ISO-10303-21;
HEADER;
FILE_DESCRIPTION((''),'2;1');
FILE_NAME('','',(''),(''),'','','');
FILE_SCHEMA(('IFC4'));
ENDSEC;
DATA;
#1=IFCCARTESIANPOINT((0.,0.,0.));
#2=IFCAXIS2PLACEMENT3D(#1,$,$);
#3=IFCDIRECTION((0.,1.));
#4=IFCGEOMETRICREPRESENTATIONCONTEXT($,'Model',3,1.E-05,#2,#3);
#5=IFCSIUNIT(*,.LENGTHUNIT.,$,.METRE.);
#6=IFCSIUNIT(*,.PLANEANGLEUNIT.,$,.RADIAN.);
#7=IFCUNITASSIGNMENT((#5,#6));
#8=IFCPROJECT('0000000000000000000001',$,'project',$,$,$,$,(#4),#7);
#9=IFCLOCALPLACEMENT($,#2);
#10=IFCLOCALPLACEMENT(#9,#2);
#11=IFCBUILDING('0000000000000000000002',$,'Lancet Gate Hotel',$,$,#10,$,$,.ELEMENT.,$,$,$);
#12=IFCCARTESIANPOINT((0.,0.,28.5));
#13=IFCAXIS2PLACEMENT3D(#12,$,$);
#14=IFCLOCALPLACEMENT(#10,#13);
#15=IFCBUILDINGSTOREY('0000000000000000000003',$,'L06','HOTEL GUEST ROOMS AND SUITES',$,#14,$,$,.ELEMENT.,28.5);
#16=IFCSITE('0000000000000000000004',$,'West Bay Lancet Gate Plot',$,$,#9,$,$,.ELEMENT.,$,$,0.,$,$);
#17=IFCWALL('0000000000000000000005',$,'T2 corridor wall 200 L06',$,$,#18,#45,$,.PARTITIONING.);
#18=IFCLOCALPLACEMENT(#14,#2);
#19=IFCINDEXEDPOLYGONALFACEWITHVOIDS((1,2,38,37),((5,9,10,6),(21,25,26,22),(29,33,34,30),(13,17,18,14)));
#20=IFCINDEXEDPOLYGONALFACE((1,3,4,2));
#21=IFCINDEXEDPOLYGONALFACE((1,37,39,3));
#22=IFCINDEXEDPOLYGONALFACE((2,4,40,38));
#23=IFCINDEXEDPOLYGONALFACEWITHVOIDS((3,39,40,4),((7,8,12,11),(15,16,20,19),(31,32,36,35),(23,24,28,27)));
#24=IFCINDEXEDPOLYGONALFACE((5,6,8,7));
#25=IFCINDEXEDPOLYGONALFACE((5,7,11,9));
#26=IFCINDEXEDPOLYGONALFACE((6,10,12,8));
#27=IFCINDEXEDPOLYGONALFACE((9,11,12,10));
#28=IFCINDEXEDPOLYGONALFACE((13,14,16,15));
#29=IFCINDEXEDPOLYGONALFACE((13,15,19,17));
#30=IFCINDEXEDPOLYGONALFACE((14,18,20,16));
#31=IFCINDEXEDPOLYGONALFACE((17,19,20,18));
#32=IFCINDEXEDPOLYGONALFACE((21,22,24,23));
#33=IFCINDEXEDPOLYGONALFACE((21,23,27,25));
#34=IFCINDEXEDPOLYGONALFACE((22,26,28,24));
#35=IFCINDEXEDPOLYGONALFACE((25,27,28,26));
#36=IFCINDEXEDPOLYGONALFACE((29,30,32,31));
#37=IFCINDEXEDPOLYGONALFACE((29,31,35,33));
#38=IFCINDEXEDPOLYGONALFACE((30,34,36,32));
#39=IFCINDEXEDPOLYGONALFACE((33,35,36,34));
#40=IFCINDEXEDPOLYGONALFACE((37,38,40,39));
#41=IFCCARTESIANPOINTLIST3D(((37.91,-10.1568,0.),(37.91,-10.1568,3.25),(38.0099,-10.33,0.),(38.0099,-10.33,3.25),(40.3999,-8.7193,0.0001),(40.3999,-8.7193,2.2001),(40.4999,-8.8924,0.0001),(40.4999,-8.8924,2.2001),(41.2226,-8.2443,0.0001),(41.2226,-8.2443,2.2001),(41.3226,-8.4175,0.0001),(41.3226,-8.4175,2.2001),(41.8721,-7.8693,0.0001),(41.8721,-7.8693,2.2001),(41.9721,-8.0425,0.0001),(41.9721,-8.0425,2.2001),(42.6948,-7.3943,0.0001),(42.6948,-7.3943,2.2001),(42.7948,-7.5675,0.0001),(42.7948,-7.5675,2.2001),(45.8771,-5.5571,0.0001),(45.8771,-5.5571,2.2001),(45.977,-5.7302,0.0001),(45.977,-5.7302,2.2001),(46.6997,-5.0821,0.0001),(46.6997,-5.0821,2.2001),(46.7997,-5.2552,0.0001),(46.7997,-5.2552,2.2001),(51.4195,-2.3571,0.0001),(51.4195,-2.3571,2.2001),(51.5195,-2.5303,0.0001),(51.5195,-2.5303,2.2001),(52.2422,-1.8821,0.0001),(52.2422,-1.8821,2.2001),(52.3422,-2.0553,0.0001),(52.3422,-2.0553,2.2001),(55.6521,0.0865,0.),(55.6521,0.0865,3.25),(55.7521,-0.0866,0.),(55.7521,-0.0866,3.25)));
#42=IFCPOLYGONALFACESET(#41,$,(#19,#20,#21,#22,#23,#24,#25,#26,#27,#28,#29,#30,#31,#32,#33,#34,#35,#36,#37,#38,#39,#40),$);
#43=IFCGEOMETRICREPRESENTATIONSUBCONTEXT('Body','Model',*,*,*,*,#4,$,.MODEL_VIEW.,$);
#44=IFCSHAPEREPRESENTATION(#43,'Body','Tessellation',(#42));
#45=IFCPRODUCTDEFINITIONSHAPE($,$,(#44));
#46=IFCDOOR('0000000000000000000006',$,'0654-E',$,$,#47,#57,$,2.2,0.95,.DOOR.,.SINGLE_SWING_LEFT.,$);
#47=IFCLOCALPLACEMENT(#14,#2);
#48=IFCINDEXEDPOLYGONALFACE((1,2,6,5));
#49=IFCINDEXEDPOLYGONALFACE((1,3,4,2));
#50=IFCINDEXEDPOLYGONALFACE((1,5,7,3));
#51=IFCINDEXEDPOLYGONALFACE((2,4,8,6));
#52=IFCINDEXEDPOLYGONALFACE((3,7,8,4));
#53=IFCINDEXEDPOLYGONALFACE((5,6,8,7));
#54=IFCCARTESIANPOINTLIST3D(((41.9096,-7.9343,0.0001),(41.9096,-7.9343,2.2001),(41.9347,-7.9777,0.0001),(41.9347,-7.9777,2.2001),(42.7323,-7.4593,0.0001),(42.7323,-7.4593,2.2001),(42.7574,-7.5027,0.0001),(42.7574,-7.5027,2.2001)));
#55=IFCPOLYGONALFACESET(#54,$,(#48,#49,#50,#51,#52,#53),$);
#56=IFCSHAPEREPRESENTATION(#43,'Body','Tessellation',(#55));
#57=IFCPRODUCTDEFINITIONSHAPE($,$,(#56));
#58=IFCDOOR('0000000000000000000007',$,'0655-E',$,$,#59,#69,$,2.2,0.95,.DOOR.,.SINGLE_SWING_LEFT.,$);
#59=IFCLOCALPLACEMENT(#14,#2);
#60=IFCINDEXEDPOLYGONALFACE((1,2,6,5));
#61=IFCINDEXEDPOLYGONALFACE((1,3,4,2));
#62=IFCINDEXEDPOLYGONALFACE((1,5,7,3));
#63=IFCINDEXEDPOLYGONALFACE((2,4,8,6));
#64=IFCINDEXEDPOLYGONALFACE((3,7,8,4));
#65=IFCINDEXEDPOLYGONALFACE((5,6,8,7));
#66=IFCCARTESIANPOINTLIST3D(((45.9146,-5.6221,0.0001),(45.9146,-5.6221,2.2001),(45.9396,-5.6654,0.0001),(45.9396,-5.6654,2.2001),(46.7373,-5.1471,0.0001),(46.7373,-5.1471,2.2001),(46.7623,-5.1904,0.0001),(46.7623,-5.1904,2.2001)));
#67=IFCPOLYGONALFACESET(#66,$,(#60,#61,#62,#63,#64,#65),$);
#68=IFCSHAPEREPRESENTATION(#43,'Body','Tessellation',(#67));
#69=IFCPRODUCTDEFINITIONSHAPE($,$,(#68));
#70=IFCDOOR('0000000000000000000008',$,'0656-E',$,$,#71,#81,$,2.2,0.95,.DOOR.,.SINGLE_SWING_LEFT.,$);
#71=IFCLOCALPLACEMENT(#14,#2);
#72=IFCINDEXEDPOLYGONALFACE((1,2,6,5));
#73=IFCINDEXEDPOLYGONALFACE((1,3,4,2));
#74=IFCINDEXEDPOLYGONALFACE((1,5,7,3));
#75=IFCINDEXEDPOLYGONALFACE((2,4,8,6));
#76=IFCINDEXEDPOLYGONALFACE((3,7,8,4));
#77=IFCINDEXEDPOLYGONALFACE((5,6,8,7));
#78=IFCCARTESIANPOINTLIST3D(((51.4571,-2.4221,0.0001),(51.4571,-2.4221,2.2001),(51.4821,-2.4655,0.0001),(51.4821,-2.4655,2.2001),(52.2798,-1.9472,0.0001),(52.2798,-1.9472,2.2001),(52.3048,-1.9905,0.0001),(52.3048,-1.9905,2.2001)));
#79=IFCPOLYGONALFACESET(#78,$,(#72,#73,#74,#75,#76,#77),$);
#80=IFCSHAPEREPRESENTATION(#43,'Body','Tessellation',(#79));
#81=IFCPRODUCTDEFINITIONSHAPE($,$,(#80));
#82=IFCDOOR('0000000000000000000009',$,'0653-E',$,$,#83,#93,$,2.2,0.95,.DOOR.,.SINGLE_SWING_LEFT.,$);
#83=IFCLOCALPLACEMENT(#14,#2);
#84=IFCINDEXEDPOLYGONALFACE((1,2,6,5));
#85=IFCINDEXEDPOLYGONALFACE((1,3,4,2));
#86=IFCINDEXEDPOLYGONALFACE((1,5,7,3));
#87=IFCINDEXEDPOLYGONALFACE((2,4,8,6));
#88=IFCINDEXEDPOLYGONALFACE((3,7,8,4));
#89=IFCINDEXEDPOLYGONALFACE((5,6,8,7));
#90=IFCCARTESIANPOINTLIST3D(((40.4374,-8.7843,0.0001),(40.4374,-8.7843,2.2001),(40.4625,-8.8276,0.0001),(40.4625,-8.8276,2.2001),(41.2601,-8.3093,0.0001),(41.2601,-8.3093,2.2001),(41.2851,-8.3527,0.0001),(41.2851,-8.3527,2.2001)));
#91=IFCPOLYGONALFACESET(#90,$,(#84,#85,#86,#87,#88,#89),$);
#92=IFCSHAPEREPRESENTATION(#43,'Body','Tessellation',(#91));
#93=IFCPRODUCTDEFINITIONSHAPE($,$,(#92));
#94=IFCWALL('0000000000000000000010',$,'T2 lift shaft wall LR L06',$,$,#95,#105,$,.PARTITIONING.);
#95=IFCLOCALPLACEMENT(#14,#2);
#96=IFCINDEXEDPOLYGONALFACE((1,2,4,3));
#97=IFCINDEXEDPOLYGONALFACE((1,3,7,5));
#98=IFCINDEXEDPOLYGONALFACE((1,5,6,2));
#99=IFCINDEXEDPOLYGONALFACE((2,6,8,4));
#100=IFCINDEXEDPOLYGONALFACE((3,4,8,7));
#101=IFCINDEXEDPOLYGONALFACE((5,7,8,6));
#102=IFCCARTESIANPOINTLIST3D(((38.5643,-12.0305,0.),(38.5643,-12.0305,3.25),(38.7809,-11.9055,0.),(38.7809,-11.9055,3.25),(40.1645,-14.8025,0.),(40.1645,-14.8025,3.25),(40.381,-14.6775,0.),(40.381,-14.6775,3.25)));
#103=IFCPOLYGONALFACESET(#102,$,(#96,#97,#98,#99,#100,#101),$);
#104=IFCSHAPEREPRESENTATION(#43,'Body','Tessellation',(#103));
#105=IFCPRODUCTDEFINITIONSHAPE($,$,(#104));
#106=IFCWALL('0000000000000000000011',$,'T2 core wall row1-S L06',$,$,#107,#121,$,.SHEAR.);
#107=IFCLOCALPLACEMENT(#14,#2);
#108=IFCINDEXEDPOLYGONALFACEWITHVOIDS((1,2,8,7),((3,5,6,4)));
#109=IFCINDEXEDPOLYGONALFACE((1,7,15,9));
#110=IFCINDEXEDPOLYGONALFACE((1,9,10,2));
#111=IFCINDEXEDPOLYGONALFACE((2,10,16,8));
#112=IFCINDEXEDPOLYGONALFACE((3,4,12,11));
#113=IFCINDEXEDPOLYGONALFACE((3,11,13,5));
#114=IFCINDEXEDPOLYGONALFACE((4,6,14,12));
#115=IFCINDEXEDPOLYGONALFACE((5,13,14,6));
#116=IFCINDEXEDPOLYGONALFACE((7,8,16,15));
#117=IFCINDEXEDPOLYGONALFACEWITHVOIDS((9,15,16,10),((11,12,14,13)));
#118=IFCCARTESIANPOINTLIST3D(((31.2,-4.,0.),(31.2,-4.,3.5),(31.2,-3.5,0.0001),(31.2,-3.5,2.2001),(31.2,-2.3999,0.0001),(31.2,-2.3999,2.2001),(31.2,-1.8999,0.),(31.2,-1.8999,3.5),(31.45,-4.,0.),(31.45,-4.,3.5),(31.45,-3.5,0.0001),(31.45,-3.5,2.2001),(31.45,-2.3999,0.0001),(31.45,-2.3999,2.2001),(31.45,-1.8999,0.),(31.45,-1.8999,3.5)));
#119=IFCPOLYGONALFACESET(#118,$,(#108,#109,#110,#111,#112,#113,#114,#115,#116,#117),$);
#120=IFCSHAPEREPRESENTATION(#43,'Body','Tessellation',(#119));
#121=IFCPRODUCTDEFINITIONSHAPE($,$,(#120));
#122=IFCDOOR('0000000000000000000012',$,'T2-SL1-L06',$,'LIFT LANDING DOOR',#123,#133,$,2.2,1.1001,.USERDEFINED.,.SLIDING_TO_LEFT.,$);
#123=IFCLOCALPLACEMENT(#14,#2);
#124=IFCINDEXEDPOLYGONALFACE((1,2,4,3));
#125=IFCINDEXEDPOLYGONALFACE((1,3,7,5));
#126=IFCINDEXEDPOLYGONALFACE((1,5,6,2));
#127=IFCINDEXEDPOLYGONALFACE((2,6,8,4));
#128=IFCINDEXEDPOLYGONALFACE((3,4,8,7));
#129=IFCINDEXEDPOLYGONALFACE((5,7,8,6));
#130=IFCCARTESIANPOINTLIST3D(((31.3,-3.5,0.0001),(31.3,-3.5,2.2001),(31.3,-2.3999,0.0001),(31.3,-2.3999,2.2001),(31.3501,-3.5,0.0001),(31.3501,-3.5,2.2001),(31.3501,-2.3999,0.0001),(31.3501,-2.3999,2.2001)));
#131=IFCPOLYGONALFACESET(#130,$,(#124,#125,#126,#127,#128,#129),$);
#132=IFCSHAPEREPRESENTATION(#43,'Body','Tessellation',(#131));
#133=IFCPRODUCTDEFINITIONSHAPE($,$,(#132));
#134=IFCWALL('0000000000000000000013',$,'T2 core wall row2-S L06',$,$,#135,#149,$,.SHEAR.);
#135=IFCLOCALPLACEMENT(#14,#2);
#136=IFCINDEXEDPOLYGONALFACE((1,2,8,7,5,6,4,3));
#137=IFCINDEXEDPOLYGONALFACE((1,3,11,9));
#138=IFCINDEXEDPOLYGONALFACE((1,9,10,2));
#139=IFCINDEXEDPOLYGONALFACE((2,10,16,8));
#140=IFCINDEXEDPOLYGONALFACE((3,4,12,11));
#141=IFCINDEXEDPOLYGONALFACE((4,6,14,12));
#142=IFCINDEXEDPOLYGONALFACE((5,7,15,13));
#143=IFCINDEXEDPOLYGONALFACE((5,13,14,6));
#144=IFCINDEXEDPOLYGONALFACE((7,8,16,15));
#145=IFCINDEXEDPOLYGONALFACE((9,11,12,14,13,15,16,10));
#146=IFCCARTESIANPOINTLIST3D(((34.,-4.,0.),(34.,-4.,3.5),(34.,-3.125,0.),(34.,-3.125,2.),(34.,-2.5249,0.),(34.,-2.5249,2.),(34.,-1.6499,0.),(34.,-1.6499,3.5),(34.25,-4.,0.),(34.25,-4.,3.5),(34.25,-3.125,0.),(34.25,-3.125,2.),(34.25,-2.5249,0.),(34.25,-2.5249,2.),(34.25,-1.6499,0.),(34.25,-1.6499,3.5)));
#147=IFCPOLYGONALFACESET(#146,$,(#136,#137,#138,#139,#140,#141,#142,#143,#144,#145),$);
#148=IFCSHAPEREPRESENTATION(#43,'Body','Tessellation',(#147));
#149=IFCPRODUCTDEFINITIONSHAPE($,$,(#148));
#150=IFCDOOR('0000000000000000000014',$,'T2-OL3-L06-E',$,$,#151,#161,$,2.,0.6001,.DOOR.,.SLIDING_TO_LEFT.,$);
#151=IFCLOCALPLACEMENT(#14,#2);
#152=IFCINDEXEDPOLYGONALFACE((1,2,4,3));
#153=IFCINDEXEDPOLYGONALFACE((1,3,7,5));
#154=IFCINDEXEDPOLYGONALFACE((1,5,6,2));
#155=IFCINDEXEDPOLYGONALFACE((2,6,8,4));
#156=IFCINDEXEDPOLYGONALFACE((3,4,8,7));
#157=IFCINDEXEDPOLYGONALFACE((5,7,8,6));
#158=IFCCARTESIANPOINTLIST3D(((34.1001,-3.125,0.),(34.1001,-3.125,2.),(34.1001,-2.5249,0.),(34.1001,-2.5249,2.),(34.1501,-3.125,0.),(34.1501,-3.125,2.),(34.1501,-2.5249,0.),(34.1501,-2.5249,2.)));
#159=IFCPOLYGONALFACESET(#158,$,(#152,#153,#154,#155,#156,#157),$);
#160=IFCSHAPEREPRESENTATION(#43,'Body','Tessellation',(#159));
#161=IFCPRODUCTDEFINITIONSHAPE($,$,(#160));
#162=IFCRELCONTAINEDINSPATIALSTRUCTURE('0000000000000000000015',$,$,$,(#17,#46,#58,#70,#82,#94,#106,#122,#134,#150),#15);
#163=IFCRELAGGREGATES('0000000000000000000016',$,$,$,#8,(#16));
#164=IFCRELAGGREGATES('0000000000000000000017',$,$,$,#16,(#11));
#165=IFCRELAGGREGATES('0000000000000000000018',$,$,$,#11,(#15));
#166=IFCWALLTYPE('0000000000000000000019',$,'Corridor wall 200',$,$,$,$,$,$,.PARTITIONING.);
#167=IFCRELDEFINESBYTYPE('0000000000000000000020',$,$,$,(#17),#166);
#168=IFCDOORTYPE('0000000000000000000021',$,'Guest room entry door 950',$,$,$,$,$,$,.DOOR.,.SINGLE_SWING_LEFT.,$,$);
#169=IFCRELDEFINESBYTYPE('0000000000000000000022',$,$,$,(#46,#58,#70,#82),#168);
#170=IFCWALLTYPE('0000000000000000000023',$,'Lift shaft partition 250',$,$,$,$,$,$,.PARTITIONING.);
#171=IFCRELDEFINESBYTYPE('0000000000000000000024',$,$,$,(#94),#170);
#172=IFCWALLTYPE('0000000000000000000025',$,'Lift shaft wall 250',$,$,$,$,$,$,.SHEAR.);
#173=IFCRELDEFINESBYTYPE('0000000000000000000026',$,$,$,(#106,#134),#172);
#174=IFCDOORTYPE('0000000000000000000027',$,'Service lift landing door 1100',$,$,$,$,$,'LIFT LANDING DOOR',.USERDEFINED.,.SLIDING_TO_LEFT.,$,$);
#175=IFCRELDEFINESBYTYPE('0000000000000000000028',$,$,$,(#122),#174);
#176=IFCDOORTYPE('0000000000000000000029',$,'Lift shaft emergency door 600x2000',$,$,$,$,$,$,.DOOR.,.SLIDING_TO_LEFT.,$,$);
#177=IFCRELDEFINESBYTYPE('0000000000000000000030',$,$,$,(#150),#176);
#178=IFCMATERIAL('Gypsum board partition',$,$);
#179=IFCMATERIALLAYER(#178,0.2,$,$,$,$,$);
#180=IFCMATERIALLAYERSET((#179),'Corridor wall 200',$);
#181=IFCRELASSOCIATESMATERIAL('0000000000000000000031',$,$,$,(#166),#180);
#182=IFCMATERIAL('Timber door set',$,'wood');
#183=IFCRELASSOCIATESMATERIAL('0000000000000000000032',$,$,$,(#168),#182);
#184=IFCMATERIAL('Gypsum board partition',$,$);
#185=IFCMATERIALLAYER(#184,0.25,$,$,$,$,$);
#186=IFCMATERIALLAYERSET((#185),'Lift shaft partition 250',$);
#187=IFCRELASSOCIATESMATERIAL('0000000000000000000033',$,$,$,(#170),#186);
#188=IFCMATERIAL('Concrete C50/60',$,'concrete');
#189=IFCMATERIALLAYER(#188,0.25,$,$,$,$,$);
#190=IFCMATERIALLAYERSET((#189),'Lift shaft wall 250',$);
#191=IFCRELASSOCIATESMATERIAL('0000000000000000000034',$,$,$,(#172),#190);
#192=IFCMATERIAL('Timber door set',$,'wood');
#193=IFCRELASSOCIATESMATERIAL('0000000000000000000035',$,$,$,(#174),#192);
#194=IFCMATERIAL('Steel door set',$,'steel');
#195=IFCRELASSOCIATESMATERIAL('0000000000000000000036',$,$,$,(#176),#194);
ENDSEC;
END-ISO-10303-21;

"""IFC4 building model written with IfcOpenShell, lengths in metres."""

from ifc_helpers import new_model, si_unit, direction, frame, frame_2d, origin, place, context, subcontext, project, spatial, rectangle, extrude, material, layer, layer_set, type_object, element, fill, save


model = new_model("IFC4")

# Units and contexts
model_context = context("Model", 3, precision=1e-05, world=origin(), true_north=direction((0.0, 1.0)))
body_context = subcontext(model_context, "Body", "Model", "MODEL_VIEW")
ifc_project = project(units=[si_unit("LENGTHUNIT", "METRE"), si_unit("PLANEANGLEUNIT", "RADIAN")], contexts=[model_context])

# Site, building, storey
site_placement = place(None, origin())
site = spatial("IfcSite", under=ifc_project, at=site_placement, Name="West Bay Lancet Gate Plot", CompositionType="ELEMENT", RefElevation=0.0)
building_placement = place(site_placement, origin())
building = spatial("IfcBuilding", under=site, at=building_placement, Name="Lancet Gate Hotel", CompositionType="ELEMENT")
storey_placement = place(building_placement, frame((0.0, 0.0, 28.5)))
storey = spatial("IfcBuildingStorey", under=building, at=storey_placement, Name="L06", Description="HOTEL GUEST ROOMS AND SUITES", CompositionType="ELEMENT", Elevation=28.5)

# Wall, openings, doors
ifc_material_1 = material(Name="Gypsum board partition")
ifc_layer_1 = layer(ifc_material_1, 0.2)
ifc_layer_set_1 = layer_set([ifc_layer_1], Name="Corridor wall 200")
wall_type_1 = type_object("IfcWallType", Name="Corridor wall 200", PredefinedType="PARTITIONING", material=ifc_layer_set_1)
wall_1_placement = place(storey_placement, frame((37.96, -10.2434, 0.0), z_axis=(0.0, 0.0, 1.0), x_axis=(0.866026, 0.499998, 0.0)))
wall_1 = element("IfcWall", 1, at=wall_1_placement, inside=storey, type_object=wall_type_1, Name="T2 corridor wall 200 L06", PredefinedType="PARTITIONING", context=body_context, shape_type="SweptSolid", body=[
    extrude(rectangle(XDim=20.4868, YDim=0.2, at=frame_2d((10.2434, 0.0))), origin(), (0.0, 0.0, 1.0), 3.25),
])
opening_1_placement = place(wall_1_placement, frame((4.575, 0.0, 0.0)))
opening_1 = element("IfcOpeningElement", 2, at=opening_1_placement, cuts=wall_1, PredefinedType="OPENING", context=body_context, shape_type="SweptSolid", body=[
    extrude(rectangle(XDim=0.95, YDim=2.2, at=frame_2d((0.4751, 1.1001))), frame((0.0, 0.1099, 0.0), z_axis=(0.0, -1.0, 0.0), x_axis=(1.0, 0.0, 0.0)), (0.0, 0.0, 1.0), 0.22),
])
opening_2_placement = place(wall_1_placement, frame((9.1995, 0.0, 0.0)))
opening_2 = element("IfcOpeningElement", 3, at=opening_2_placement, cuts=wall_1, PredefinedType="OPENING", context=body_context, shape_type="SweptSolid", body=[
    extrude(rectangle(XDim=0.95, YDim=2.2, at=frame_2d((0.4751, 1.1001))), frame((0.0, 0.1099, 0.0), z_axis=(0.0, -1.0, 0.0), x_axis=(1.0, 0.0, 0.0)), (0.0, 0.0, 1.0), 0.22),
])
opening_3_placement = place(wall_1_placement, frame((15.5994, 0.0, 0.0)))
opening_3 = element("IfcOpeningElement", 4, at=opening_3_placement, cuts=wall_1, PredefinedType="OPENING", context=body_context, shape_type="SweptSolid", body=[
    extrude(rectangle(XDim=0.95, YDim=2.2, at=frame_2d((0.4751, 1.1001))), frame((0.0, 0.1099, 0.0), z_axis=(0.0, -1.0, 0.0), x_axis=(1.0, 0.0, 0.0)), (0.0, 0.0, 1.0), 0.22),
])
opening_4_placement = place(wall_1_placement, frame((2.875, 0.0, 0.0)))
opening_4 = element("IfcOpeningElement", 5, at=opening_4_placement, cuts=wall_1, PredefinedType="OPENING", context=body_context, shape_type="SweptSolid", body=[
    extrude(rectangle(XDim=0.95, YDim=2.2, at=frame_2d((0.4751, 1.1001))), frame((0.0, 0.1099, 0.0), z_axis=(0.0, -1.0, 0.0), x_axis=(1.0, 0.0, 0.0)), (0.0, 0.0, 1.0), 0.22),
])
ifc_material_2 = material(Name="Timber door set", Category="wood")
door_type_1 = type_object("IfcDoorType", Name="Guest room entry door 950", OperationType="SINGLE_SWING_LEFT", PredefinedType="DOOR", material=ifc_material_2)
door_1_placement = place(opening_1_placement, origin())
door_1 = element("IfcDoor", 6, at=door_1_placement, inside=storey, type_object=door_type_1, Name="0654-E", OperationType="SINGLE_SWING_LEFT", OverallHeight=2.2, OverallWidth=0.95, PredefinedType="DOOR", context=body_context, shape_type="SweptSolid", body=[
    extrude(rectangle(XDim=0.95, YDim=2.2, at=frame_2d((0.4751, 1.1001))), frame((0.0, 0.0249, 0.0), z_axis=(0.0, -1.0, 0.0), x_axis=(1.0, 0.0, 0.0)), (0.0, 0.0, 1.0), 0.05),
])
fill(opening_1, door_1)
door_2_placement = place(opening_2_placement, origin())
door_2 = element("IfcDoor", 7, at=door_2_placement, inside=storey, type_object=door_type_1, Name="0655-E", OperationType="SINGLE_SWING_LEFT", OverallHeight=2.2, OverallWidth=0.95, PredefinedType="DOOR", context=body_context, shape_type="SweptSolid", body=[
    extrude(rectangle(XDim=0.95, YDim=2.2, at=frame_2d((0.4751, 1.1001))), frame((0.0, 0.0249, 0.0), z_axis=(0.0, -1.0, 0.0), x_axis=(1.0, 0.0, 0.0)), (0.0, 0.0, 1.0), 0.05),
])
fill(opening_2, door_2)
door_3_placement = place(opening_3_placement, origin())
door_3 = element("IfcDoor", 8, at=door_3_placement, inside=storey, type_object=door_type_1, Name="0656-E", OperationType="SINGLE_SWING_LEFT", OverallHeight=2.2, OverallWidth=0.95, PredefinedType="DOOR", context=body_context, shape_type="SweptSolid", body=[
    extrude(rectangle(XDim=0.95, YDim=2.2, at=frame_2d((0.4751, 1.1001))), frame((0.0, 0.0249, 0.0), z_axis=(0.0, -1.0, 0.0), x_axis=(1.0, 0.0, 0.0)), (0.0, 0.0, 1.0), 0.05),
])
fill(opening_3, door_3)
door_4_placement = place(opening_4_placement, origin())
door_4 = element("IfcDoor", 9, at=door_4_placement, inside=storey, type_object=door_type_1, Name="0653-E", OperationType="SINGLE_SWING_LEFT", OverallHeight=2.2, OverallWidth=0.95, PredefinedType="DOOR", context=body_context, shape_type="SweptSolid", body=[
    extrude(rectangle(XDim=0.95, YDim=2.2, at=frame_2d((0.4751, 1.1001))), frame((0.0, 0.0249, 0.0), z_axis=(0.0, -1.0, 0.0), x_axis=(1.0, 0.0, 0.0)), (0.0, 0.0, 1.0), 0.05),
])
fill(opening_4, door_4)

# Wall
ifc_material_3 = material(Name="Gypsum board partition")
ifc_layer_2 = layer(ifc_material_3, 0.25)
ifc_layer_set_2 = layer_set([ifc_layer_2], Name="Lift shaft partition 250")
wall_type_2 = type_object("IfcWallType", Name="Lift shaft partition 250", PredefinedType="PARTITIONING", material=ifc_layer_set_2)
wall_2_placement = place(storey_placement, frame((38.6726, -11.968, 0.0), z_axis=(0.0, 0.0, 1.0), x_axis=(0.499929, -0.866066, 0.0)))
element("IfcWall", 10, at=wall_2_placement, inside=storey, type_object=wall_type_2, Name="T2 lift shaft wall LR L06", PredefinedType="PARTITIONING", context=body_context, shape_type="SweptSolid", body=[
    extrude(rectangle(XDim=3.2007, YDim=0.25, at=frame_2d((1.6003, 0.0))), origin(), (0.0, 0.0, 1.0), 3.25),
])

# Walls, openings, doors
ifc_material_4 = material(Name="Concrete C50/60", Category="concrete")
ifc_layer_3 = layer(ifc_material_4, 0.25)
ifc_layer_set_3 = layer_set([ifc_layer_3], Name="Lift shaft wall 250")
wall_type_3 = type_object("IfcWallType", Name="Lift shaft wall 250", PredefinedType="SHEAR", material=ifc_layer_set_3)
wall_3_placement = place(storey_placement, frame((31.325, -4.0, 0.0), z_axis=(0.0, 0.0, 1.0), x_axis=(0.0, 1.0, 0.0)))
wall_3 = element("IfcWall", 11, at=wall_3_placement, inside=storey, type_object=wall_type_3, Name="T2 core wall row1-S L06", PredefinedType="SHEAR", context=body_context, shape_type="SweptSolid", body=[
    extrude(rectangle(XDim=2.1001, YDim=0.25, at=frame_2d((1.05, 0.0))), origin(), (0.0, 0.0, 1.0), 3.5),
])
opening_5_placement = place(wall_3_placement, frame((0.5, 0.0, 0.0)))
opening_5 = element("IfcOpeningElement", 12, at=opening_5_placement, cuts=wall_3, PredefinedType="OPENING", context=body_context, shape_type="SweptSolid", body=[
    extrude(rectangle(XDim=1.1001, YDim=2.2, at=frame_2d((0.55, 1.1001))), frame((0.0, 0.135, 0.0), z_axis=(0.0, -1.0, 0.0), x_axis=(1.0, 0.0, 0.0)), (0.0, 0.0, 1.0), 0.27),
])
ifc_material_5 = material(Name="Timber door set", Category="wood")
door_type_2 = type_object("IfcDoorType", Name="Service lift landing door 1100", ElementType="LIFT LANDING DOOR", OperationType="SLIDING_TO_LEFT", PredefinedType="USERDEFINED", material=ifc_material_5)
door_5_placement = place(opening_5_placement, origin())
door_5 = element("IfcDoor", 13, at=door_5_placement, inside=storey, type_object=door_type_2, Name="T2-SL1-L06", ObjectType="LIFT LANDING DOOR", OperationType="SLIDING_TO_LEFT", OverallHeight=2.2, OverallWidth=1.1001, PredefinedType="USERDEFINED", context=body_context, shape_type="SweptSolid", body=[
    extrude(rectangle(XDim=1.1001, YDim=2.2, at=frame_2d((0.55, 1.1001))), frame((0.0, 0.0249, 0.0), z_axis=(0.0, -1.0, 0.0), x_axis=(1.0, 0.0, 0.0)), (0.0, 0.0, 1.0), 0.05),
])
fill(opening_5, door_5)
wall_4_placement = place(storey_placement, frame((34.125, -4.0, 0.0), z_axis=(0.0, 0.0, 1.0), x_axis=(0.0, 1.0, 0.0)))
wall_4 = element("IfcWall", 14, at=wall_4_placement, inside=storey, type_object=wall_type_3, Name="T2 core wall row2-S L06", PredefinedType="SHEAR", context=body_context, shape_type="SweptSolid", body=[
    extrude(rectangle(XDim=2.3501, YDim=0.25, at=frame_2d((1.175, 0.0))), origin(), (0.0, 0.0, 1.0), 3.5),
])
opening_6_placement = place(wall_4_placement, frame((0.875, 0.0, 0.0)))
opening_6 = element("IfcOpeningElement", 15, at=opening_6_placement, cuts=wall_4, PredefinedType="OPENING", context=body_context, shape_type="SweptSolid", body=[
    extrude(rectangle(XDim=0.6001, YDim=2.0, at=frame_2d((0.3, 1.0))), frame((0.0, 0.135, 0.0), z_axis=(0.0, -1.0, 0.0), x_axis=(1.0, 0.0, 0.0)), (0.0, 0.0, 1.0), 0.27),
])
ifc_material_6 = material(Name="Steel door set", Category="steel")
door_type_3 = type_object("IfcDoorType", Name="Lift shaft emergency door 600x2000", OperationType="SLIDING_TO_LEFT", PredefinedType="DOOR", material=ifc_material_6)
door_6_placement = place(opening_6_placement, origin())
door_6 = element("IfcDoor", 16, at=door_6_placement, inside=storey, type_object=door_type_3, Name="T2-OL3-L06-E", OperationType="SLIDING_TO_LEFT", OverallHeight=2.0, OverallWidth=0.6001, PredefinedType="DOOR", context=body_context, shape_type="SweptSolid", body=[
    extrude(rectangle(XDim=0.6001, YDim=2.0, at=frame_2d((0.3, 1.0))), frame((0.0, 0.0249, 0.0), z_axis=(0.0, -1.0, 0.0), x_axis=(1.0, 0.0, 0.0)), (0.0, 0.0, 1.0), 0.05),
])
fill(opening_6, door_6)

save(model, "model.ifc")
